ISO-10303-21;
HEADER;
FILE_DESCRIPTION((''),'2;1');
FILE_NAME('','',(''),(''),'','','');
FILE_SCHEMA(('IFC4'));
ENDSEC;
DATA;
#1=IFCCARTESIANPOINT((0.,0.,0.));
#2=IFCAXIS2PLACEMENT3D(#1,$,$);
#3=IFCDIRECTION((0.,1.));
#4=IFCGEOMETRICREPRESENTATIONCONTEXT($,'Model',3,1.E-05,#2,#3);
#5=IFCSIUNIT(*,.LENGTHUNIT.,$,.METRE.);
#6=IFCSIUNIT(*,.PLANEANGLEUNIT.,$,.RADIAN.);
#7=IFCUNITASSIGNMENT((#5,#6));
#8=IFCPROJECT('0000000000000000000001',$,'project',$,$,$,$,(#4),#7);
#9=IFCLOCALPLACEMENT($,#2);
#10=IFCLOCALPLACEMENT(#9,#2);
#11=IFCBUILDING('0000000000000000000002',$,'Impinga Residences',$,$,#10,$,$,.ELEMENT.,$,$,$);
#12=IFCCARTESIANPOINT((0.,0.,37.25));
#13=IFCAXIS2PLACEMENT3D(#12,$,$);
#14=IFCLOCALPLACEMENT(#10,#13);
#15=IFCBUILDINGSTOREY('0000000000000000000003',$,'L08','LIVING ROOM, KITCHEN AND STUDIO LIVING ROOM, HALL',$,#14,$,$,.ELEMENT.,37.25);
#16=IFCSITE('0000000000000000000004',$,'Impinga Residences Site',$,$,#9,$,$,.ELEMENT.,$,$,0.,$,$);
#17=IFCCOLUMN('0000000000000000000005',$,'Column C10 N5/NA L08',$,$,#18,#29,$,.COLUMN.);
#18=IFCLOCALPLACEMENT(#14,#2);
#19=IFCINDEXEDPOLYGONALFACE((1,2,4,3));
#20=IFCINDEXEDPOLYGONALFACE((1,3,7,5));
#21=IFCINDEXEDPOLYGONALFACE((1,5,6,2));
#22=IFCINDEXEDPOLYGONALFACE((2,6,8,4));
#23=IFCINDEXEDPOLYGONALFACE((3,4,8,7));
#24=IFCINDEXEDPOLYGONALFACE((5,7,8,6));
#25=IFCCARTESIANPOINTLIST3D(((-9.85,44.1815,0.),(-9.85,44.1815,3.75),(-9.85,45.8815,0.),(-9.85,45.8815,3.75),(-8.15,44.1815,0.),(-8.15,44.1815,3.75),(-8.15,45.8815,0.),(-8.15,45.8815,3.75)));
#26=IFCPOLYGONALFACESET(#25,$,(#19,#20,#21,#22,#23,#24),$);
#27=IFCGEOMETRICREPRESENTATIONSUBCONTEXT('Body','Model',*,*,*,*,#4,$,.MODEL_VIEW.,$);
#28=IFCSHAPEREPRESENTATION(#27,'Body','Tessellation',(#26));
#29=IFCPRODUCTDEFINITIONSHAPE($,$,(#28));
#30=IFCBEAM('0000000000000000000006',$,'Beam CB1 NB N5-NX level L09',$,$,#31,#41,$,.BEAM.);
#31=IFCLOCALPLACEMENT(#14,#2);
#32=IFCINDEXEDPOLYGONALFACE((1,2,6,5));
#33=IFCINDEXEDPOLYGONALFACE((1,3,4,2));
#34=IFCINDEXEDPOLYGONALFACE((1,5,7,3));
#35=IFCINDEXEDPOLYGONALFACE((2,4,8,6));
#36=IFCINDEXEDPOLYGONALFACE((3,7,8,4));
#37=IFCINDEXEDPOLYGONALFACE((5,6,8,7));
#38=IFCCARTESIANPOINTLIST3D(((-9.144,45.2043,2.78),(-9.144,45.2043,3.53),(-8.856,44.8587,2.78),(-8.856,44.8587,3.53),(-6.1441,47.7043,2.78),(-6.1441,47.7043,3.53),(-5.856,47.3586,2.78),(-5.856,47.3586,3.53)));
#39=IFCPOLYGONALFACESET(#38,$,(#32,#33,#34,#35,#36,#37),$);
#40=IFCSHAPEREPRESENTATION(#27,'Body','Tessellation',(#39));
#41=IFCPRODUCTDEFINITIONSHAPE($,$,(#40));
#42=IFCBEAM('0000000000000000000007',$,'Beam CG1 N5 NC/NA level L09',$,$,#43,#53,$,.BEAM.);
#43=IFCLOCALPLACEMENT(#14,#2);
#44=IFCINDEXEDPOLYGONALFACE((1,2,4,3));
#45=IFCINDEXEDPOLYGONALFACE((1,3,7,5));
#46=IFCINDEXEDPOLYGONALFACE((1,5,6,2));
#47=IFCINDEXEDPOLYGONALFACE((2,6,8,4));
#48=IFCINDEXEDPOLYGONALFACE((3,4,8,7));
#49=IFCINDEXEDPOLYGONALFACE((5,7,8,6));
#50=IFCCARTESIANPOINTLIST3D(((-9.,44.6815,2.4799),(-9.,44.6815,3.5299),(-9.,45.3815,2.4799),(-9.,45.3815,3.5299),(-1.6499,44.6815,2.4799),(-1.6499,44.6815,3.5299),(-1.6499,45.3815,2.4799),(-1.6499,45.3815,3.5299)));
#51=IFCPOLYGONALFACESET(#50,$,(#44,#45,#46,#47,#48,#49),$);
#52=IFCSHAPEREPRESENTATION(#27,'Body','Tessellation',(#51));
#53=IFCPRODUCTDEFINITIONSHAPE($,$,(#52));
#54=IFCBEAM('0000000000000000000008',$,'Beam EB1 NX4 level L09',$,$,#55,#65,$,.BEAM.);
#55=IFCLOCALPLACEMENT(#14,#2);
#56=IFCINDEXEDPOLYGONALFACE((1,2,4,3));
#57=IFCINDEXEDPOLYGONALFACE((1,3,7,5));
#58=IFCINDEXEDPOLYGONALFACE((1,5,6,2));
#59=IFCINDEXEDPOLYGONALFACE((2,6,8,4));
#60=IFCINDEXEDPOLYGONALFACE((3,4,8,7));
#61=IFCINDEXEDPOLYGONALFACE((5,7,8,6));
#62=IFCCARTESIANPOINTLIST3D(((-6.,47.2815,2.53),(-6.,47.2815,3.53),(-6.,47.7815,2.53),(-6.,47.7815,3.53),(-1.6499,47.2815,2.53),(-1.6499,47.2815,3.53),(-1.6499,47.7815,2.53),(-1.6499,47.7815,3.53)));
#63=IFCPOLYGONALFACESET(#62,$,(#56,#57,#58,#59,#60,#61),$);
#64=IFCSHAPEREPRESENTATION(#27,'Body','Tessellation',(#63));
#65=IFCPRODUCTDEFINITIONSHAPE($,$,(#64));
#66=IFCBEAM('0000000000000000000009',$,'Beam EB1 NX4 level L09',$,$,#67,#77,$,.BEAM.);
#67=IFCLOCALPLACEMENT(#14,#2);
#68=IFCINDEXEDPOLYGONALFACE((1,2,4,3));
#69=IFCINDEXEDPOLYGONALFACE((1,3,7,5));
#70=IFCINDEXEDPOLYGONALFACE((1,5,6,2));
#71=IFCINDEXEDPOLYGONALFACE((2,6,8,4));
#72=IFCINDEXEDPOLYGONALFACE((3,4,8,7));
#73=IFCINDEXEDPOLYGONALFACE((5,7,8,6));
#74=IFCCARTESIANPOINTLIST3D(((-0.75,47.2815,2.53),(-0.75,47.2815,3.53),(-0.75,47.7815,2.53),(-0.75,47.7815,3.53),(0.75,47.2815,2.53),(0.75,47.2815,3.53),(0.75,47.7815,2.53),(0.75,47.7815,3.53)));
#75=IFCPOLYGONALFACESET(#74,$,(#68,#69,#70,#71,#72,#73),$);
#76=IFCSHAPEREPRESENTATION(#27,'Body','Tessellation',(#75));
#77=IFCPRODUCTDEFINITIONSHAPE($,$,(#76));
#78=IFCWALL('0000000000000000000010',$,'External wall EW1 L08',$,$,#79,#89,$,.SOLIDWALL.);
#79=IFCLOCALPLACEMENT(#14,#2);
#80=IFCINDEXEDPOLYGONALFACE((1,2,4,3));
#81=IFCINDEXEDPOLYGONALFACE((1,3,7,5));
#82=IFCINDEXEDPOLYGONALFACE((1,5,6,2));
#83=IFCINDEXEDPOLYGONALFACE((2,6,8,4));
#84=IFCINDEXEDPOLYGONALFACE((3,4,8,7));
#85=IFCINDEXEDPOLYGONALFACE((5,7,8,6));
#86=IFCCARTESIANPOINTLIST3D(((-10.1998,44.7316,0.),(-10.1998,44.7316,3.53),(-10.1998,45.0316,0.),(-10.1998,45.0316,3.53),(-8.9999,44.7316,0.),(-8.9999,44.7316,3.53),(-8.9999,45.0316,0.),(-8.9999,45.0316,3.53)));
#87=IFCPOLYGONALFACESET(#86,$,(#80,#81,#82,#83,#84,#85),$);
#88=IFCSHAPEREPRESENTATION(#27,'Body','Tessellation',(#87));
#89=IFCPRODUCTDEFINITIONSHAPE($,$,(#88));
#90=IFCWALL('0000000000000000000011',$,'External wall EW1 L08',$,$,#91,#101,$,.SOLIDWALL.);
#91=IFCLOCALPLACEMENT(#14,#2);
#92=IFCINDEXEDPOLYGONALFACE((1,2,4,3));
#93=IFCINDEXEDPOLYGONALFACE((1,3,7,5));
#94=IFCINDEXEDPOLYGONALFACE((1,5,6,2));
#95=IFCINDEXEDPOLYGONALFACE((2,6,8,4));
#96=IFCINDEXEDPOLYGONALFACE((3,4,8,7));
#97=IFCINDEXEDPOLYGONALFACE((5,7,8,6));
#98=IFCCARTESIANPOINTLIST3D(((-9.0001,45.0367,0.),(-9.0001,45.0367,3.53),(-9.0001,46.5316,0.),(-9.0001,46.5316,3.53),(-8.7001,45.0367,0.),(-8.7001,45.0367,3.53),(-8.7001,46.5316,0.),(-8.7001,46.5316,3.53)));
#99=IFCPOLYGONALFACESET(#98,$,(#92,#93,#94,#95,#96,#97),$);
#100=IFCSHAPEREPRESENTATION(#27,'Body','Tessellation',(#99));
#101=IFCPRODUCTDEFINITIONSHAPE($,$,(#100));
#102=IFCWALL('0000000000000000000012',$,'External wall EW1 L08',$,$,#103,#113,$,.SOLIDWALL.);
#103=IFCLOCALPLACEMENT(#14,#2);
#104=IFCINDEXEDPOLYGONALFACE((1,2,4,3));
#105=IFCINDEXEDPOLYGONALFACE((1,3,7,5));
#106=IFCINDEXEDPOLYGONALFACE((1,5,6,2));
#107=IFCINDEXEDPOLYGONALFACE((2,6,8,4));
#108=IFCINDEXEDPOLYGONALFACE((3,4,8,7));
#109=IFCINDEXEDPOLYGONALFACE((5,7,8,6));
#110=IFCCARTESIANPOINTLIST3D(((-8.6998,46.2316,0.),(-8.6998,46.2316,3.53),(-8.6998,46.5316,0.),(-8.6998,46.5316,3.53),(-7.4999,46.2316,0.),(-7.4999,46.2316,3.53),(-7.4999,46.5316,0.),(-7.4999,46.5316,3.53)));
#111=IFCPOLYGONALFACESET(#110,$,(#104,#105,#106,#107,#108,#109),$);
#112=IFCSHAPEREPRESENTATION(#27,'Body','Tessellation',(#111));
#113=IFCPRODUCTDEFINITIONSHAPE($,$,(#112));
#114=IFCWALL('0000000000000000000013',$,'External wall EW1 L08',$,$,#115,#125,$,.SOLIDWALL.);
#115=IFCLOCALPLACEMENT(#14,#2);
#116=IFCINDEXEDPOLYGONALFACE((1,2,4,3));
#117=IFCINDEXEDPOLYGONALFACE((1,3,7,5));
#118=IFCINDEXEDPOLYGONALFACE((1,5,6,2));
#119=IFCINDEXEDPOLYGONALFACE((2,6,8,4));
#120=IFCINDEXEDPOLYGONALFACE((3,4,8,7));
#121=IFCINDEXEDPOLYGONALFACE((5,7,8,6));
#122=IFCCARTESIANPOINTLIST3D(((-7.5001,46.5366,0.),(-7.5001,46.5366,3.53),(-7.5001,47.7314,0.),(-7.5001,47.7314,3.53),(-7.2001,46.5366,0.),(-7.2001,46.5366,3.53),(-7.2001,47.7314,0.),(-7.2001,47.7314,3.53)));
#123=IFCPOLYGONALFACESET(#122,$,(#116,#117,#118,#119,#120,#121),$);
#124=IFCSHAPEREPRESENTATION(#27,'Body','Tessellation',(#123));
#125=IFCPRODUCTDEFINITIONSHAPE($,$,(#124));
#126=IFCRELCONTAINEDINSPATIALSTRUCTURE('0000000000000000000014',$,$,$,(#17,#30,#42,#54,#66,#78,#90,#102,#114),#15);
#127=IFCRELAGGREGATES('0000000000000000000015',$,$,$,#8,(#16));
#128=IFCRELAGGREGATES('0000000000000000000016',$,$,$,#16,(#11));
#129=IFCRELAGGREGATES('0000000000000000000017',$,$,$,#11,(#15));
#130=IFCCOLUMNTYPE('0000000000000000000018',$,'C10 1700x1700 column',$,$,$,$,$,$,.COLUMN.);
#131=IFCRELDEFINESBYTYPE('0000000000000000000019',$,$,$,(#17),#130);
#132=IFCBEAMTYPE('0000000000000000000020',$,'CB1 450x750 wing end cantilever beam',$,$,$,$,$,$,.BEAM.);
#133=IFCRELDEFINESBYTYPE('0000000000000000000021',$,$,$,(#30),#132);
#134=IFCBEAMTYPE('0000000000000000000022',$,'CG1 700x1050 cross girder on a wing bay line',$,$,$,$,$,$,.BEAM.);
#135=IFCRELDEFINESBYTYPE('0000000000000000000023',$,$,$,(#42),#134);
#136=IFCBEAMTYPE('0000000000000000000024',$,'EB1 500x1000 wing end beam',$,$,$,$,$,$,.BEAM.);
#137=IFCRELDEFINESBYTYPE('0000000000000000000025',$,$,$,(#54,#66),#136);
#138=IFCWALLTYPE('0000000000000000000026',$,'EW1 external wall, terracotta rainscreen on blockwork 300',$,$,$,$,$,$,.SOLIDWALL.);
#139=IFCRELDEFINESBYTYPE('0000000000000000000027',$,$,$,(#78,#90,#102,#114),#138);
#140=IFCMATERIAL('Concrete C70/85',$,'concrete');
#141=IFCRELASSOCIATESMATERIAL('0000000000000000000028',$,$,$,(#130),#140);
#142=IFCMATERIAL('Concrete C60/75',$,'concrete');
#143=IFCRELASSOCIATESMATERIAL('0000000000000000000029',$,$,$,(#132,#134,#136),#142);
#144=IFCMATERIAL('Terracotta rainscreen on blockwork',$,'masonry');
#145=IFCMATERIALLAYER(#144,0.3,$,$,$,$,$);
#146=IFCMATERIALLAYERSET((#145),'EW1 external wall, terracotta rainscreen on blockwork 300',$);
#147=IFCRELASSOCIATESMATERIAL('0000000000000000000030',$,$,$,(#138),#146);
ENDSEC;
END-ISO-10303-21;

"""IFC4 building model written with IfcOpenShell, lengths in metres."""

from ifc_helpers import new_model, si_unit, direction, frame, frame_2d, origin, origin_2d, place, context, subcontext, project, spatial, rectangle, extrude, material, layer, layer_set, material_profile, profile_set, type_object, element, save


model = new_model("IFC4")

# Units and contexts
model_context = context("Model", 3, precision=1e-05, world=origin(), true_north=direction((0.0, 1.0)))
body_context = subcontext(model_context, "Body", "Model", "MODEL_VIEW")
ifc_project = project(units=[si_unit("LENGTHUNIT", "METRE"), si_unit("PLANEANGLEUNIT", "RADIAN")], contexts=[model_context])

# Site, building, storey
site_placement = place(None, origin())
site = spatial("IfcSite", under=ifc_project, at=site_placement, Name="Impinga Residences Site", CompositionType="ELEMENT", RefElevation=0.0)
building_placement = place(site_placement, origin())
building = spatial("IfcBuilding", under=site, at=building_placement, Name="Impinga Residences", CompositionType="ELEMENT")
storey_placement = place(building_placement, frame((0.0, 0.0, 37.25)))
storey = spatial("IfcBuildingStorey", under=building, at=storey_placement, Name="L08", Description="LIVING ROOM, KITCHEN AND STUDIO LIVING ROOM, HALL", CompositionType="ELEMENT", Elevation=37.25)

# Column
ifc_material_1 = material(Name="Concrete C70/85", Category="concrete")
ifc_material_profile_1 = material_profile(ifc_material_1, rectangle(XDim=1.7, YDim=1.7, at=origin_2d()), Name="RC 1700x1700")
ifc_profile_set_1 = profile_set([ifc_material_profile_1], Name="Concrete C70/85")
column_type = type_object("IfcColumnType", Name="C10 1700x1700 column", PredefinedType="COLUMN", material=ifc_profile_set_1)
column_placement = place(storey_placement, frame((-9.0, 45.0315, 0.0), z_axis=(0.0, 0.0, 1.0), x_axis=(1.0, 0.0, 0.0)))
element("IfcColumn", 1, at=column_placement, inside=storey, type_object=column_type, Name="Column C10 N5/NA L08", PredefinedType="COLUMN", context=body_context, shape_type="SweptSolid", body=[
    extrude(rectangle(XDim=1.7, YDim=1.7, at=origin_2d()), origin(), (0.0, 0.0, 1.0), 3.75),
])

# Beams
ifc_material_2 = material(Name="Concrete C60/75", Category="concrete")
ifc_material_profile_2 = material_profile(ifc_material_2, rectangle(XDim=0.45, YDim=0.75, at=origin_2d()), Name="RC 450x750")
ifc_profile_set_2 = profile_set([ifc_material_profile_2], Name="Concrete C60/75")
beam_type_1 = type_object("IfcBeamType", Name="CB1 450x750 wing end cantilever beam", PredefinedType="BEAM", material=ifc_profile_set_2)
beam_1_placement = place(storey_placement, frame((-9.0, 45.0315, 3.155), z_axis=(0.768221, 0.640184, 0.0), x_axis=(-0.640184, 0.768221, 0.0)))
element("IfcBeam", 2, at=beam_1_placement, inside=storey, type_object=beam_type_1, Name="Beam CB1 NB N5-NX level L09", PredefinedType="BEAM", context=body_context, shape_type="SweptSolid", body=[
    extrude(rectangle(XDim=0.45, YDim=0.75, at=origin_2d()), origin(), (0.0, 0.0, 1.0), 3.905),
])
ifc_material_profile_3 = material_profile(ifc_material_2, rectangle(XDim=0.7, YDim=1.05, at=origin_2d()), Name="RC 700x1050")
ifc_profile_set_3 = profile_set([ifc_material_profile_3], Name="Concrete C60/75")
beam_type_2 = type_object("IfcBeamType", Name="CG1 700x1050 cross girder on a wing bay line", PredefinedType="BEAM", material=ifc_profile_set_3)
beam_2_placement = place(storey_placement, frame((-1.6499, 45.0315, 3.0049), z_axis=(-1.0, 0.0, 0.0), x_axis=(0.0, -1.0, 0.0)))
element("IfcBeam", 3, at=beam_2_placement, inside=storey, type_object=beam_type_2, Name="Beam CG1 N5 NC/NA level L09", PredefinedType="BEAM", context=body_context, shape_type="SweptSolid", body=[
    extrude(rectangle(XDim=0.7, YDim=1.05, at=origin_2d()), origin(), (0.0, 0.0, 1.0), 7.3501),
])
ifc_material_profile_4 = material_profile(ifc_material_2, rectangle(XDim=0.5, YDim=1.0, at=origin_2d()), Name="RC 500x1000")
ifc_profile_set_4 = profile_set([ifc_material_profile_4], Name="Concrete C60/75")
beam_type_3 = type_object("IfcBeamType", Name="EB1 500x1000 wing end beam", PredefinedType="BEAM", material=ifc_profile_set_4)
beam_3_placement = place(storey_placement, frame((-6.0, 47.5315, 3.03), z_axis=(1.0, 0.0, 0.0), x_axis=(0.0, 1.0, 0.0)))
element("IfcBeam", 4, at=beam_3_placement, inside=storey, type_object=beam_type_3, Name="Beam EB1 NX4 level L09", PredefinedType="BEAM", context=body_context, shape_type="SweptSolid", body=[
    extrude(rectangle(XDim=0.5, YDim=1.0, at=origin_2d()), origin(), (0.0, 0.0, 1.0), 4.3501),
])
beam_4_placement = place(storey_placement, frame((-0.75, 47.5315, 3.03), z_axis=(1.0, 0.0, 0.0), x_axis=(0.0, 1.0, 0.0)))
element("IfcBeam", 5, at=beam_4_placement, inside=storey, type_object=beam_type_3, Name="Beam EB1 NX4 level L09", PredefinedType="BEAM", context=body_context, shape_type="SweptSolid", body=[
    extrude(rectangle(XDim=0.5, YDim=1.0, at=origin_2d()), origin(), (0.0, 0.0, 1.0), 1.5),
])

# Walls
ifc_material_3 = material(Name="Terracotta rainscreen on blockwork", Category="masonry")
ifc_layer_1 = layer(ifc_material_3, 0.3)
ifc_layer_set_1 = layer_set([ifc_layer_1], Name="EW1 external wall, terracotta rainscreen on blockwork 300")
wall_type_1 = type_object("IfcWallType", Name="EW1 external wall, terracotta rainscreen on blockwork 300", PredefinedType="SOLIDWALL", material=ifc_layer_set_1)
wall_1_placement = place(storey_placement, frame((-10.2, 44.8816, 0.0), z_axis=(0.0, 0.0, 1.0), x_axis=(1.0, 0.0, 0.0)))
element("IfcWall", 6, at=wall_1_placement, inside=storey, type_object=wall_type_1, Name="External wall EW1 L08", PredefinedType="SOLIDWALL", context=body_context, shape_type="SweptSolid", body=[
    extrude(rectangle(XDim=1.2, YDim=0.3, at=frame_2d((0.6001, 0.0))), origin(), (0.0, 0.0, 1.0), 3.53),
])
wall_2_placement = place(storey_placement, frame((-8.8501, 45.0366, 0.0), z_axis=(0.0, 0.0, 1.0), x_axis=(0.0, 1.0, 0.0)))
element("IfcWall", 7, at=wall_2_placement, inside=storey, type_object=wall_type_1, Name="External wall EW1 L08", PredefinedType="SOLIDWALL", context=body_context, shape_type="SweptSolid", body=[
    extrude(rectangle(XDim=1.4949, YDim=0.3, at=frame_2d((0.7476, 0.0))), origin(), (0.0, 0.0, 1.0), 3.53),
])
wall_3_placement = place(storey_placement, frame((-8.7, 46.3816, 0.0), z_axis=(0.0, 0.0, 1.0), x_axis=(1.0, 0.0, 0.0)))
element("IfcWall", 8, at=wall_3_placement, inside=storey, type_object=wall_type_1, Name="External wall EW1 L08", PredefinedType="SOLIDWALL", context=body_context, shape_type="SweptSolid", body=[
    extrude(rectangle(XDim=1.2, YDim=0.3, at=frame_2d((0.6001, 0.0))), origin(), (0.0, 0.0, 1.0), 3.53),
])
wall_4_placement = place(storey_placement, frame((-7.3501, 46.5366, 0.0), z_axis=(0.0, 0.0, 1.0), x_axis=(0.0, 1.0, 0.0)))
element("IfcWall", 9, at=wall_4_placement, inside=storey, type_object=wall_type_1, Name="External wall EW1 L08", PredefinedType="SOLIDWALL", context=body_context, shape_type="SweptSolid", body=[
    extrude(rectangle(XDim=1.1948, YDim=0.3, at=frame_2d((0.5974, 0.0))), origin(), (0.0, 0.0, 1.0), 3.53),
])

save(model, "model.ifc")
